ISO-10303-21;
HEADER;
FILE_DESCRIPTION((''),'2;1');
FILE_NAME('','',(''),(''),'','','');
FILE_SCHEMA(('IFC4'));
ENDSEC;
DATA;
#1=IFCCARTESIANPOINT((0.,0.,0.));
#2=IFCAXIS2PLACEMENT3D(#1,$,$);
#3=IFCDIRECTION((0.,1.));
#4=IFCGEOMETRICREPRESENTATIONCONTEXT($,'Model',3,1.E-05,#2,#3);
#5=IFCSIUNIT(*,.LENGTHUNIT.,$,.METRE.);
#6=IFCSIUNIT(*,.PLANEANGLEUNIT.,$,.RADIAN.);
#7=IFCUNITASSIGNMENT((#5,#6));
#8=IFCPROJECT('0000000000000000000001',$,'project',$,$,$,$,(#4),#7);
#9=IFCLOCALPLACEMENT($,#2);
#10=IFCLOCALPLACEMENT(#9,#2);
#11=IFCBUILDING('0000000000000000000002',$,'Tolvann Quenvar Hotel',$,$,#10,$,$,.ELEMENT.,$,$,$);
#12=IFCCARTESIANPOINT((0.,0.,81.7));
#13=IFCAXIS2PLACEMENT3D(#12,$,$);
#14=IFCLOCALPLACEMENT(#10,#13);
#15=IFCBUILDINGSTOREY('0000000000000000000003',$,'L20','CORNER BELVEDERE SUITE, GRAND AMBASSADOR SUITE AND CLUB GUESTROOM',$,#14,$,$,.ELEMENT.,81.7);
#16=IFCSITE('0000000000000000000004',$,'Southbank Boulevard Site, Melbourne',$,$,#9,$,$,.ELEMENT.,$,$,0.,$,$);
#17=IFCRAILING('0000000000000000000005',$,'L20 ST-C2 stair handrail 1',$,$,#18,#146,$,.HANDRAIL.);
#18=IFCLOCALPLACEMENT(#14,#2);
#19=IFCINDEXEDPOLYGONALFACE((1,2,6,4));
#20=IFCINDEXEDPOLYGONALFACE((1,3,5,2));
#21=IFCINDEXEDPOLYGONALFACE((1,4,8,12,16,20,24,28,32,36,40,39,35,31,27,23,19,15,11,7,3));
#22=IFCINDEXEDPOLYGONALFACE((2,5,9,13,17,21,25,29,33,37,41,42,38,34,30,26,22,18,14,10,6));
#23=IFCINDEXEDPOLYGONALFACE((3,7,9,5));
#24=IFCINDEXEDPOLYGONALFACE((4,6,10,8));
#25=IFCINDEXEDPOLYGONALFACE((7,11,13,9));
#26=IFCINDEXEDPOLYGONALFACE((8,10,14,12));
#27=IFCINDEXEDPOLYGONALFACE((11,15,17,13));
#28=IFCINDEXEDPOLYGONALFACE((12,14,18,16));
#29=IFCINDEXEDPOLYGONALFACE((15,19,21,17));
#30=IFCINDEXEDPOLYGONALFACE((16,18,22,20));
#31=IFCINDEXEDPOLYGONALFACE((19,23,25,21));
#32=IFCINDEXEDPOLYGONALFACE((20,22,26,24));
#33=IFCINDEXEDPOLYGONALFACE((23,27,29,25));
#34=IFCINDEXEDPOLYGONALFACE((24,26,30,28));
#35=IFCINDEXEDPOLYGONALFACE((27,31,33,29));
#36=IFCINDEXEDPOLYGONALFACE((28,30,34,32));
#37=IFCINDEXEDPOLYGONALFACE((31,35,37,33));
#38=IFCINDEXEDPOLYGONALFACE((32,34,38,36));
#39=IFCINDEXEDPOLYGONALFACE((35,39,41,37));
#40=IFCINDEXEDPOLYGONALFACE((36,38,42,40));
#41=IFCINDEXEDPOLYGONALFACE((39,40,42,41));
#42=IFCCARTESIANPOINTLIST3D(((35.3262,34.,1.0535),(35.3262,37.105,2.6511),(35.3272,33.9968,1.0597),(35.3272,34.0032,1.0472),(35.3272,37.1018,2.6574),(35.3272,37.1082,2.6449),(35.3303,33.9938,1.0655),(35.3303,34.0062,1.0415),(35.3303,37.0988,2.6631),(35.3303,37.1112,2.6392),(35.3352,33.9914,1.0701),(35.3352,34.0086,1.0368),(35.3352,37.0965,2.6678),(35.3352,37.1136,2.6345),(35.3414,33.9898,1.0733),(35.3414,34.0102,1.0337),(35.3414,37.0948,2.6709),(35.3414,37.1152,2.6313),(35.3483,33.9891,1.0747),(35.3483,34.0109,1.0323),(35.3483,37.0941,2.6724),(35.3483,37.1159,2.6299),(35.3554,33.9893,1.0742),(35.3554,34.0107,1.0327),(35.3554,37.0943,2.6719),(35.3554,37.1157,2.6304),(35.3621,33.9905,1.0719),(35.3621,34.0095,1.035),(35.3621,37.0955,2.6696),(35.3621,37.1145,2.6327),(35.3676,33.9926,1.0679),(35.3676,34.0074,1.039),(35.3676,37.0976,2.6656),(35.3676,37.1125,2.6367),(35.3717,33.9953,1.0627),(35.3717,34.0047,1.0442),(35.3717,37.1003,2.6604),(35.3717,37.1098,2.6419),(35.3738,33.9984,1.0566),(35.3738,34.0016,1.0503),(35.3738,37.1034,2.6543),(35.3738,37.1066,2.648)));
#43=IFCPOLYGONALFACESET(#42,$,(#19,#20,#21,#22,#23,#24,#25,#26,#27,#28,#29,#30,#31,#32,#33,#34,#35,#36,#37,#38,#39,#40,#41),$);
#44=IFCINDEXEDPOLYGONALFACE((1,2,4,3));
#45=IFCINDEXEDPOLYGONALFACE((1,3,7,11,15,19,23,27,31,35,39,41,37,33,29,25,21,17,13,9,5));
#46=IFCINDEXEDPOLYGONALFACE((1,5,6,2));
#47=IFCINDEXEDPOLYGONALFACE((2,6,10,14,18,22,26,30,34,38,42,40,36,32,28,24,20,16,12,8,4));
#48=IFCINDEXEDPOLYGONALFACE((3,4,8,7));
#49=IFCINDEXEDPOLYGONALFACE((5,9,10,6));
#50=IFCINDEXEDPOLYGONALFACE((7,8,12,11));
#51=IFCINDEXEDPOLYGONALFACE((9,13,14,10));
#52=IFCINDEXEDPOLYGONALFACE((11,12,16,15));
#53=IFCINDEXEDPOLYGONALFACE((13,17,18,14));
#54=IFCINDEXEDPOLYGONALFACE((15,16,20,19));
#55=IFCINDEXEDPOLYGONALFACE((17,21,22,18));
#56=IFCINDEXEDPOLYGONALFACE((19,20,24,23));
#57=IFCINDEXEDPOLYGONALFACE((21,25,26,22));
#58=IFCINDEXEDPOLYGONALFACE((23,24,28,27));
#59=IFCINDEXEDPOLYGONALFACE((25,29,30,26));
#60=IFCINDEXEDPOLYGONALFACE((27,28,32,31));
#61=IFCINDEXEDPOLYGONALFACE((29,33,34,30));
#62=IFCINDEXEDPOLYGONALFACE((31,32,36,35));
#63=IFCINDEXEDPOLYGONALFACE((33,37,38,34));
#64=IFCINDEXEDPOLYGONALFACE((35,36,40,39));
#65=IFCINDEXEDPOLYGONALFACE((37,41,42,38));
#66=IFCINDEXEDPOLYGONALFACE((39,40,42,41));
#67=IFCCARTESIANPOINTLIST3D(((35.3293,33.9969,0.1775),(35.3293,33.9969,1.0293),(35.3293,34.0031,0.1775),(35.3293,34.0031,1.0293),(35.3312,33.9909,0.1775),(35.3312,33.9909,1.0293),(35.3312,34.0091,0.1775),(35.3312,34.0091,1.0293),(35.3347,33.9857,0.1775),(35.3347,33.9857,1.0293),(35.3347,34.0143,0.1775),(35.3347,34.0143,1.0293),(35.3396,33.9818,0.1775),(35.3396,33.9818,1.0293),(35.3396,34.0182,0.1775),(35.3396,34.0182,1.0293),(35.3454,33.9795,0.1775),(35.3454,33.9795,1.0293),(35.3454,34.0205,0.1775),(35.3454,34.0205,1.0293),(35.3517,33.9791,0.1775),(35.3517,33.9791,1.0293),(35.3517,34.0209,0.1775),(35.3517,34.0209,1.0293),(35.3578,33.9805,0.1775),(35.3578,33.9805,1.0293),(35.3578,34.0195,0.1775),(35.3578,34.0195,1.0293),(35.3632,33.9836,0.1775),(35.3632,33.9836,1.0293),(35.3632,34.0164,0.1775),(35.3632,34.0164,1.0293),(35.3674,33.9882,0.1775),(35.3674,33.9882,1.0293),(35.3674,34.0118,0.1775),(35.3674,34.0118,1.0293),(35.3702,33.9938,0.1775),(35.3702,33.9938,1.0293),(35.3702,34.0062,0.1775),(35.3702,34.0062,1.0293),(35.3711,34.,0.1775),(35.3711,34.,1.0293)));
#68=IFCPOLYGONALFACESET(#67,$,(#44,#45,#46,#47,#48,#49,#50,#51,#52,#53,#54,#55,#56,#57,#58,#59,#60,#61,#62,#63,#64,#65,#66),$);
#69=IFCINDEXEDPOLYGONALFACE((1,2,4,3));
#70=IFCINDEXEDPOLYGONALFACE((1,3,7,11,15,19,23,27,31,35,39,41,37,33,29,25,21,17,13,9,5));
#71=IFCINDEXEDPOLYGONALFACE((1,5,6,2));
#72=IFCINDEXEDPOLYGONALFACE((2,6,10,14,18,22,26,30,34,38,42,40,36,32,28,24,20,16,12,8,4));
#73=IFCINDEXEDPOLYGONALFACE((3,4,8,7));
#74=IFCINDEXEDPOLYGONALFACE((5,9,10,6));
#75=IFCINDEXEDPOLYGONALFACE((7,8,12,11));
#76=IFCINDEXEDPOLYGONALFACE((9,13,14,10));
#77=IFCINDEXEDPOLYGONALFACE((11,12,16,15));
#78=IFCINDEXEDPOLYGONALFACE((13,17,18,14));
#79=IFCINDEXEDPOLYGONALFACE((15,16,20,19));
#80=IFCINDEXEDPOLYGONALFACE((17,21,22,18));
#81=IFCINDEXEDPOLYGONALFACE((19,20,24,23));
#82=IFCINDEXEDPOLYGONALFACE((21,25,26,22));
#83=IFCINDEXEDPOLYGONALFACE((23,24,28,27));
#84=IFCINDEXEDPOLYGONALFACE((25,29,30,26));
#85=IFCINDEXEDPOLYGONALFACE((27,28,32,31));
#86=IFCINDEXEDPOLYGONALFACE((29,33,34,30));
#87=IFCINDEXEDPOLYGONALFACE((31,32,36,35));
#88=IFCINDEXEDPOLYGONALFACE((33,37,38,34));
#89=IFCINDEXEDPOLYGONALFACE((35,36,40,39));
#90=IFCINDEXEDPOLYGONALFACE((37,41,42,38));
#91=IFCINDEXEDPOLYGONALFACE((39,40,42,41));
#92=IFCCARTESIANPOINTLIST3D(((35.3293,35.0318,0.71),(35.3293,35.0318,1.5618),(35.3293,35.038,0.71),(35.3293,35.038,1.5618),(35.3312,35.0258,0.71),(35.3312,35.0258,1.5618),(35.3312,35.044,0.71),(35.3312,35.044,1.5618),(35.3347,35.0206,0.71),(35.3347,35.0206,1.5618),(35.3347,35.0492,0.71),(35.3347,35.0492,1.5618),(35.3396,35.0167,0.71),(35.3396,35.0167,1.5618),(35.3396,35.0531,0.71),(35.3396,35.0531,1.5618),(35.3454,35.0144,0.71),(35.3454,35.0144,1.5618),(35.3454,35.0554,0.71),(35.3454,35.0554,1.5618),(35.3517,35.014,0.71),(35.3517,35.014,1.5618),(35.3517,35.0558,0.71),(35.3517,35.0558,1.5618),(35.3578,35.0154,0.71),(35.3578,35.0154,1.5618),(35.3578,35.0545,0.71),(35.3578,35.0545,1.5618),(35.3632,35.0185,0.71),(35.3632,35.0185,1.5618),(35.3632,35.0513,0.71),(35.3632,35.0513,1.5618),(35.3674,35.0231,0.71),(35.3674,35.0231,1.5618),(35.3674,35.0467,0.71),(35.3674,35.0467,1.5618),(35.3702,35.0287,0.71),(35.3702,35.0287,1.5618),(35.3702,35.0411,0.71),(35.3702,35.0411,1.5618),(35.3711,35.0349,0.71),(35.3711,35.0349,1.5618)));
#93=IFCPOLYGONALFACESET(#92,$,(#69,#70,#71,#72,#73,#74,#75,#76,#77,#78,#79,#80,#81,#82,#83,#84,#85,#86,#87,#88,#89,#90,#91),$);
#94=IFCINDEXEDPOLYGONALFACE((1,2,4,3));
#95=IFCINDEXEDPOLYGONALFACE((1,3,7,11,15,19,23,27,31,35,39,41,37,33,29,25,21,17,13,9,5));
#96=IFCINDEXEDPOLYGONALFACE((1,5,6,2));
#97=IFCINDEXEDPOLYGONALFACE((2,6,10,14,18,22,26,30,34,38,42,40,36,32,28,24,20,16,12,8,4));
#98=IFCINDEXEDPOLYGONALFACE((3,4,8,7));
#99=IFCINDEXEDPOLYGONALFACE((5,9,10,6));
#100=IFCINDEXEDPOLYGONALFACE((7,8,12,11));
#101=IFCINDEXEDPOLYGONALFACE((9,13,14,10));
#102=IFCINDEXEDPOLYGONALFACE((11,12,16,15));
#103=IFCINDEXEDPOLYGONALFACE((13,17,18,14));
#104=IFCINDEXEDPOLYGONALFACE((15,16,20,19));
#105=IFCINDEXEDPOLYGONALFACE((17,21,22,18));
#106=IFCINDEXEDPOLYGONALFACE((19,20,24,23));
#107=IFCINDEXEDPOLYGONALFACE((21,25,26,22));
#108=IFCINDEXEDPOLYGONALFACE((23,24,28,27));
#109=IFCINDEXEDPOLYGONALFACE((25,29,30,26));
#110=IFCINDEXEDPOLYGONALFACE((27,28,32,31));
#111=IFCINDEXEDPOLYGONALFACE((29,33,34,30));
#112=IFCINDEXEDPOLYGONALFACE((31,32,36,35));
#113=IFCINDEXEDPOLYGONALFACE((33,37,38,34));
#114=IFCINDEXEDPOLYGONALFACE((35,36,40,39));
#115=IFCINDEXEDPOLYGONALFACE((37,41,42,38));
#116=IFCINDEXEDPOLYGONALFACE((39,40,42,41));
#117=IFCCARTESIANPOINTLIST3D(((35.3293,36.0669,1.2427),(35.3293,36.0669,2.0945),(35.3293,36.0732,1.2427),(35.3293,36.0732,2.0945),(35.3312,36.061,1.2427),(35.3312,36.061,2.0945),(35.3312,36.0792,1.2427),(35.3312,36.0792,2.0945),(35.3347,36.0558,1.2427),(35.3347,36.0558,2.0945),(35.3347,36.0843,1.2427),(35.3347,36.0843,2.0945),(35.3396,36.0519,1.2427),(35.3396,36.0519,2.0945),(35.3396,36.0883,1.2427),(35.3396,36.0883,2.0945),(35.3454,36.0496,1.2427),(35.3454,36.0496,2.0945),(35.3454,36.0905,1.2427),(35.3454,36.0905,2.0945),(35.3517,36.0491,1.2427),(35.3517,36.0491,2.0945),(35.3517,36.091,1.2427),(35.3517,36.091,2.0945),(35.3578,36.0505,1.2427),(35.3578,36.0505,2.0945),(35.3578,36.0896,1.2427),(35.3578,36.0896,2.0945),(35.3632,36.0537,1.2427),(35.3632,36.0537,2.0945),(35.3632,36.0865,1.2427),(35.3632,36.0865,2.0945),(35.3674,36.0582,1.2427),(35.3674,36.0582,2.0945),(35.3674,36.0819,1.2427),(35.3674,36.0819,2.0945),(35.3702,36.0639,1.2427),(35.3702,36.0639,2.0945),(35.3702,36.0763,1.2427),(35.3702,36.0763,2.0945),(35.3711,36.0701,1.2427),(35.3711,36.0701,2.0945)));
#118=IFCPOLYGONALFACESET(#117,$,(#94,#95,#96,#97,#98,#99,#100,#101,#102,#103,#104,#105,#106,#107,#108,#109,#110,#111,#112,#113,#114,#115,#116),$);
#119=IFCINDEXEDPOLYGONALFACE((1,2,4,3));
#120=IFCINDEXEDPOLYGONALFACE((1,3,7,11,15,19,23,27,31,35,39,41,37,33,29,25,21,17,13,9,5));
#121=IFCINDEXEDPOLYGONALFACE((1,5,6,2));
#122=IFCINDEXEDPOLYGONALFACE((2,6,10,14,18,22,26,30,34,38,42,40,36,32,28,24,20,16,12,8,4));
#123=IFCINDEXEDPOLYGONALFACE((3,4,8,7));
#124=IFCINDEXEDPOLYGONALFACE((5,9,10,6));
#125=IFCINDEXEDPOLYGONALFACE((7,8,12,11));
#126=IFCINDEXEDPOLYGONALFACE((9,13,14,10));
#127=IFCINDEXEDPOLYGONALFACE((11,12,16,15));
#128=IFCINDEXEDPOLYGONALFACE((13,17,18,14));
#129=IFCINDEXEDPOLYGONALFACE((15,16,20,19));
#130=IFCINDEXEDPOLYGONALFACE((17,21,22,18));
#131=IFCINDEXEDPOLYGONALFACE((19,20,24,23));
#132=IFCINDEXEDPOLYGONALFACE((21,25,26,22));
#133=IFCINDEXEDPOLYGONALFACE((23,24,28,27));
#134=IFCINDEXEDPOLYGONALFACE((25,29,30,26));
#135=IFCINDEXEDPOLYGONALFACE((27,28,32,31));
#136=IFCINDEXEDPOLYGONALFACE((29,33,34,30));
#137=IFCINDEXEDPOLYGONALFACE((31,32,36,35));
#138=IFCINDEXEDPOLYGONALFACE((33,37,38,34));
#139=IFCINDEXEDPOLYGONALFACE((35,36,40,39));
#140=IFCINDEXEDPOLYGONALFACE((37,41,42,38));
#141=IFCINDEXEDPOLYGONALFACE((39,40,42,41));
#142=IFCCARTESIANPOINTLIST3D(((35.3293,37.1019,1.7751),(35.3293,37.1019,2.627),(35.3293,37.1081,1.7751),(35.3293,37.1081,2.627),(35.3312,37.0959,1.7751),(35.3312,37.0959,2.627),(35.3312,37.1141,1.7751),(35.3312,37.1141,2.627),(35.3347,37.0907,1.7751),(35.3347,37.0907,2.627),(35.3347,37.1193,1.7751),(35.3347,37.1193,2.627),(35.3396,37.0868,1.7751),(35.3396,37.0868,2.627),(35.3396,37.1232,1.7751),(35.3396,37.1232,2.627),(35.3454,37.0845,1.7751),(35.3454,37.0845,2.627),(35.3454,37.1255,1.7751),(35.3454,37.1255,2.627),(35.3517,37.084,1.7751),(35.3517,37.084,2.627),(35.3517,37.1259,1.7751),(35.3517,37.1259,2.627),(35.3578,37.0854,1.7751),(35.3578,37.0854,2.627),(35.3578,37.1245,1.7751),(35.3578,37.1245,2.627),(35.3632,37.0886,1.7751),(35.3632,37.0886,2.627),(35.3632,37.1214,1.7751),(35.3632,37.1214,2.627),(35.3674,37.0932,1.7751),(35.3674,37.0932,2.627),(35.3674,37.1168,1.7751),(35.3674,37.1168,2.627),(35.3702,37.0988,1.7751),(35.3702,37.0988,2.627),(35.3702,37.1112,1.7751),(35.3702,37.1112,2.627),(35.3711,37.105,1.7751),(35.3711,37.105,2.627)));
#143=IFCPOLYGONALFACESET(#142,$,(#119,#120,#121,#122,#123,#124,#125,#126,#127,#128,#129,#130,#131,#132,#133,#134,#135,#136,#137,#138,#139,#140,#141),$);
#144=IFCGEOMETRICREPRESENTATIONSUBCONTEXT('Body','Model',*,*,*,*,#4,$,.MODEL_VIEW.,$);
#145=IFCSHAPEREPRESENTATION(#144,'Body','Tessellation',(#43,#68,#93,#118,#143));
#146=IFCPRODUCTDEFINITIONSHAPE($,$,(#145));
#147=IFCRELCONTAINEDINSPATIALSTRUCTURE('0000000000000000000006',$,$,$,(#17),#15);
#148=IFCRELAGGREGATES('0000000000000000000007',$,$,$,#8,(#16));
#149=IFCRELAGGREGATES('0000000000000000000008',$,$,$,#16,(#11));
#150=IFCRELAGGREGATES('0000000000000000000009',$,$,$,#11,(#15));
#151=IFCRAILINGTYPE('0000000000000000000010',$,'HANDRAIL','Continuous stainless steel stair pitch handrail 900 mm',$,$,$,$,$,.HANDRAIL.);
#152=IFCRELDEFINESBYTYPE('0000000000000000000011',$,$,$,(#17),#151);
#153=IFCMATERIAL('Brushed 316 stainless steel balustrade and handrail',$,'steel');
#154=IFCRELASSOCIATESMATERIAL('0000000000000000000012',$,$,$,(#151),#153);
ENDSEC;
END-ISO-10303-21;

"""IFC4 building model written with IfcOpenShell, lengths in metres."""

from ifc_helpers import new_model, si_unit, direction, frame, origin, origin_2d, place, context, subcontext, project, spatial, circle, extrude, material, type_object, element, save


model = new_model("IFC4")

# Units and contexts
model_context = context("Model", 3, precision=1e-05, world=origin(), true_north=direction((0.0, 1.0)))
body_context = subcontext(model_context, "Body", "Model", "MODEL_VIEW")
ifc_project = project(units=[si_unit("LENGTHUNIT", "METRE"), si_unit("PLANEANGLEUNIT", "RADIAN")], contexts=[model_context])

# Site, building, storey
site_placement = place(None, origin())
site = spatial("IfcSite", under=ifc_project, at=site_placement, Name="Southbank Boulevard Site, Melbourne", CompositionType="ELEMENT", RefElevation=0.0)
building_placement = place(site_placement, origin())
building = spatial("IfcBuilding", under=site, at=building_placement, Name="Tolvann Quenvar Hotel", CompositionType="ELEMENT")
storey_placement = place(building_placement, frame((0.0, 0.0, 81.7)))
storey = spatial("IfcBuildingStorey", under=building, at=storey_placement, Name="L20", Description="CORNER BELVEDERE SUITE, GRAND AMBASSADOR SUITE AND CLUB GUESTROOM", CompositionType="ELEMENT", Elevation=81.7)

# Railing
ifc_material_1 = material(Name="Brushed 316 stainless steel balustrade and handrail", Category="steel")
railing_type_1 = type_object("IfcRailingType", Name="HANDRAIL", Description="Continuous stainless steel stair pitch handrail 900 mm", PredefinedType="HANDRAIL", material=ifc_material_1)
railing_1_placement = place(storey_placement, frame((35.3501, 34.0, 0.1775)))
element("IfcRailing", 1, at=railing_1_placement, inside=storey, type_object=railing_type_1, Name="L20 ST-C2 stair handrail 1", PredefinedType="HANDRAIL", context=body_context, shape_type="SweptSolid", body=[
    extrude(circle(Radius=0.0239, at=origin_2d()), frame((0.0, 0.0, 0.876), z_axis=(0.0, 0.889194, 0.457531), x_axis=(-1.0, 0.0, 0.0)), (0.0, 0.0, 1.0), 3.4919),
    extrude(circle(Radius=0.021, at=origin_2d()), origin(), (0.0, 0.0, 1.0), 0.8518),
    extrude(circle(Radius=0.021, at=origin_2d()), frame((0.0, 1.0349, 0.5325)), (0.0, 0.0, 1.0), 0.8518),
    extrude(circle(Radius=0.021, at=origin_2d()), frame((0.0, 2.0701, 1.0652)), (0.0, 0.0, 1.0), 0.8518),
    extrude(circle(Radius=0.021, at=origin_2d()), frame((0.0, 3.105, 1.5977)), (0.0, 0.0, 1.0), 0.8518),
])

save(model, "model.ifc")
